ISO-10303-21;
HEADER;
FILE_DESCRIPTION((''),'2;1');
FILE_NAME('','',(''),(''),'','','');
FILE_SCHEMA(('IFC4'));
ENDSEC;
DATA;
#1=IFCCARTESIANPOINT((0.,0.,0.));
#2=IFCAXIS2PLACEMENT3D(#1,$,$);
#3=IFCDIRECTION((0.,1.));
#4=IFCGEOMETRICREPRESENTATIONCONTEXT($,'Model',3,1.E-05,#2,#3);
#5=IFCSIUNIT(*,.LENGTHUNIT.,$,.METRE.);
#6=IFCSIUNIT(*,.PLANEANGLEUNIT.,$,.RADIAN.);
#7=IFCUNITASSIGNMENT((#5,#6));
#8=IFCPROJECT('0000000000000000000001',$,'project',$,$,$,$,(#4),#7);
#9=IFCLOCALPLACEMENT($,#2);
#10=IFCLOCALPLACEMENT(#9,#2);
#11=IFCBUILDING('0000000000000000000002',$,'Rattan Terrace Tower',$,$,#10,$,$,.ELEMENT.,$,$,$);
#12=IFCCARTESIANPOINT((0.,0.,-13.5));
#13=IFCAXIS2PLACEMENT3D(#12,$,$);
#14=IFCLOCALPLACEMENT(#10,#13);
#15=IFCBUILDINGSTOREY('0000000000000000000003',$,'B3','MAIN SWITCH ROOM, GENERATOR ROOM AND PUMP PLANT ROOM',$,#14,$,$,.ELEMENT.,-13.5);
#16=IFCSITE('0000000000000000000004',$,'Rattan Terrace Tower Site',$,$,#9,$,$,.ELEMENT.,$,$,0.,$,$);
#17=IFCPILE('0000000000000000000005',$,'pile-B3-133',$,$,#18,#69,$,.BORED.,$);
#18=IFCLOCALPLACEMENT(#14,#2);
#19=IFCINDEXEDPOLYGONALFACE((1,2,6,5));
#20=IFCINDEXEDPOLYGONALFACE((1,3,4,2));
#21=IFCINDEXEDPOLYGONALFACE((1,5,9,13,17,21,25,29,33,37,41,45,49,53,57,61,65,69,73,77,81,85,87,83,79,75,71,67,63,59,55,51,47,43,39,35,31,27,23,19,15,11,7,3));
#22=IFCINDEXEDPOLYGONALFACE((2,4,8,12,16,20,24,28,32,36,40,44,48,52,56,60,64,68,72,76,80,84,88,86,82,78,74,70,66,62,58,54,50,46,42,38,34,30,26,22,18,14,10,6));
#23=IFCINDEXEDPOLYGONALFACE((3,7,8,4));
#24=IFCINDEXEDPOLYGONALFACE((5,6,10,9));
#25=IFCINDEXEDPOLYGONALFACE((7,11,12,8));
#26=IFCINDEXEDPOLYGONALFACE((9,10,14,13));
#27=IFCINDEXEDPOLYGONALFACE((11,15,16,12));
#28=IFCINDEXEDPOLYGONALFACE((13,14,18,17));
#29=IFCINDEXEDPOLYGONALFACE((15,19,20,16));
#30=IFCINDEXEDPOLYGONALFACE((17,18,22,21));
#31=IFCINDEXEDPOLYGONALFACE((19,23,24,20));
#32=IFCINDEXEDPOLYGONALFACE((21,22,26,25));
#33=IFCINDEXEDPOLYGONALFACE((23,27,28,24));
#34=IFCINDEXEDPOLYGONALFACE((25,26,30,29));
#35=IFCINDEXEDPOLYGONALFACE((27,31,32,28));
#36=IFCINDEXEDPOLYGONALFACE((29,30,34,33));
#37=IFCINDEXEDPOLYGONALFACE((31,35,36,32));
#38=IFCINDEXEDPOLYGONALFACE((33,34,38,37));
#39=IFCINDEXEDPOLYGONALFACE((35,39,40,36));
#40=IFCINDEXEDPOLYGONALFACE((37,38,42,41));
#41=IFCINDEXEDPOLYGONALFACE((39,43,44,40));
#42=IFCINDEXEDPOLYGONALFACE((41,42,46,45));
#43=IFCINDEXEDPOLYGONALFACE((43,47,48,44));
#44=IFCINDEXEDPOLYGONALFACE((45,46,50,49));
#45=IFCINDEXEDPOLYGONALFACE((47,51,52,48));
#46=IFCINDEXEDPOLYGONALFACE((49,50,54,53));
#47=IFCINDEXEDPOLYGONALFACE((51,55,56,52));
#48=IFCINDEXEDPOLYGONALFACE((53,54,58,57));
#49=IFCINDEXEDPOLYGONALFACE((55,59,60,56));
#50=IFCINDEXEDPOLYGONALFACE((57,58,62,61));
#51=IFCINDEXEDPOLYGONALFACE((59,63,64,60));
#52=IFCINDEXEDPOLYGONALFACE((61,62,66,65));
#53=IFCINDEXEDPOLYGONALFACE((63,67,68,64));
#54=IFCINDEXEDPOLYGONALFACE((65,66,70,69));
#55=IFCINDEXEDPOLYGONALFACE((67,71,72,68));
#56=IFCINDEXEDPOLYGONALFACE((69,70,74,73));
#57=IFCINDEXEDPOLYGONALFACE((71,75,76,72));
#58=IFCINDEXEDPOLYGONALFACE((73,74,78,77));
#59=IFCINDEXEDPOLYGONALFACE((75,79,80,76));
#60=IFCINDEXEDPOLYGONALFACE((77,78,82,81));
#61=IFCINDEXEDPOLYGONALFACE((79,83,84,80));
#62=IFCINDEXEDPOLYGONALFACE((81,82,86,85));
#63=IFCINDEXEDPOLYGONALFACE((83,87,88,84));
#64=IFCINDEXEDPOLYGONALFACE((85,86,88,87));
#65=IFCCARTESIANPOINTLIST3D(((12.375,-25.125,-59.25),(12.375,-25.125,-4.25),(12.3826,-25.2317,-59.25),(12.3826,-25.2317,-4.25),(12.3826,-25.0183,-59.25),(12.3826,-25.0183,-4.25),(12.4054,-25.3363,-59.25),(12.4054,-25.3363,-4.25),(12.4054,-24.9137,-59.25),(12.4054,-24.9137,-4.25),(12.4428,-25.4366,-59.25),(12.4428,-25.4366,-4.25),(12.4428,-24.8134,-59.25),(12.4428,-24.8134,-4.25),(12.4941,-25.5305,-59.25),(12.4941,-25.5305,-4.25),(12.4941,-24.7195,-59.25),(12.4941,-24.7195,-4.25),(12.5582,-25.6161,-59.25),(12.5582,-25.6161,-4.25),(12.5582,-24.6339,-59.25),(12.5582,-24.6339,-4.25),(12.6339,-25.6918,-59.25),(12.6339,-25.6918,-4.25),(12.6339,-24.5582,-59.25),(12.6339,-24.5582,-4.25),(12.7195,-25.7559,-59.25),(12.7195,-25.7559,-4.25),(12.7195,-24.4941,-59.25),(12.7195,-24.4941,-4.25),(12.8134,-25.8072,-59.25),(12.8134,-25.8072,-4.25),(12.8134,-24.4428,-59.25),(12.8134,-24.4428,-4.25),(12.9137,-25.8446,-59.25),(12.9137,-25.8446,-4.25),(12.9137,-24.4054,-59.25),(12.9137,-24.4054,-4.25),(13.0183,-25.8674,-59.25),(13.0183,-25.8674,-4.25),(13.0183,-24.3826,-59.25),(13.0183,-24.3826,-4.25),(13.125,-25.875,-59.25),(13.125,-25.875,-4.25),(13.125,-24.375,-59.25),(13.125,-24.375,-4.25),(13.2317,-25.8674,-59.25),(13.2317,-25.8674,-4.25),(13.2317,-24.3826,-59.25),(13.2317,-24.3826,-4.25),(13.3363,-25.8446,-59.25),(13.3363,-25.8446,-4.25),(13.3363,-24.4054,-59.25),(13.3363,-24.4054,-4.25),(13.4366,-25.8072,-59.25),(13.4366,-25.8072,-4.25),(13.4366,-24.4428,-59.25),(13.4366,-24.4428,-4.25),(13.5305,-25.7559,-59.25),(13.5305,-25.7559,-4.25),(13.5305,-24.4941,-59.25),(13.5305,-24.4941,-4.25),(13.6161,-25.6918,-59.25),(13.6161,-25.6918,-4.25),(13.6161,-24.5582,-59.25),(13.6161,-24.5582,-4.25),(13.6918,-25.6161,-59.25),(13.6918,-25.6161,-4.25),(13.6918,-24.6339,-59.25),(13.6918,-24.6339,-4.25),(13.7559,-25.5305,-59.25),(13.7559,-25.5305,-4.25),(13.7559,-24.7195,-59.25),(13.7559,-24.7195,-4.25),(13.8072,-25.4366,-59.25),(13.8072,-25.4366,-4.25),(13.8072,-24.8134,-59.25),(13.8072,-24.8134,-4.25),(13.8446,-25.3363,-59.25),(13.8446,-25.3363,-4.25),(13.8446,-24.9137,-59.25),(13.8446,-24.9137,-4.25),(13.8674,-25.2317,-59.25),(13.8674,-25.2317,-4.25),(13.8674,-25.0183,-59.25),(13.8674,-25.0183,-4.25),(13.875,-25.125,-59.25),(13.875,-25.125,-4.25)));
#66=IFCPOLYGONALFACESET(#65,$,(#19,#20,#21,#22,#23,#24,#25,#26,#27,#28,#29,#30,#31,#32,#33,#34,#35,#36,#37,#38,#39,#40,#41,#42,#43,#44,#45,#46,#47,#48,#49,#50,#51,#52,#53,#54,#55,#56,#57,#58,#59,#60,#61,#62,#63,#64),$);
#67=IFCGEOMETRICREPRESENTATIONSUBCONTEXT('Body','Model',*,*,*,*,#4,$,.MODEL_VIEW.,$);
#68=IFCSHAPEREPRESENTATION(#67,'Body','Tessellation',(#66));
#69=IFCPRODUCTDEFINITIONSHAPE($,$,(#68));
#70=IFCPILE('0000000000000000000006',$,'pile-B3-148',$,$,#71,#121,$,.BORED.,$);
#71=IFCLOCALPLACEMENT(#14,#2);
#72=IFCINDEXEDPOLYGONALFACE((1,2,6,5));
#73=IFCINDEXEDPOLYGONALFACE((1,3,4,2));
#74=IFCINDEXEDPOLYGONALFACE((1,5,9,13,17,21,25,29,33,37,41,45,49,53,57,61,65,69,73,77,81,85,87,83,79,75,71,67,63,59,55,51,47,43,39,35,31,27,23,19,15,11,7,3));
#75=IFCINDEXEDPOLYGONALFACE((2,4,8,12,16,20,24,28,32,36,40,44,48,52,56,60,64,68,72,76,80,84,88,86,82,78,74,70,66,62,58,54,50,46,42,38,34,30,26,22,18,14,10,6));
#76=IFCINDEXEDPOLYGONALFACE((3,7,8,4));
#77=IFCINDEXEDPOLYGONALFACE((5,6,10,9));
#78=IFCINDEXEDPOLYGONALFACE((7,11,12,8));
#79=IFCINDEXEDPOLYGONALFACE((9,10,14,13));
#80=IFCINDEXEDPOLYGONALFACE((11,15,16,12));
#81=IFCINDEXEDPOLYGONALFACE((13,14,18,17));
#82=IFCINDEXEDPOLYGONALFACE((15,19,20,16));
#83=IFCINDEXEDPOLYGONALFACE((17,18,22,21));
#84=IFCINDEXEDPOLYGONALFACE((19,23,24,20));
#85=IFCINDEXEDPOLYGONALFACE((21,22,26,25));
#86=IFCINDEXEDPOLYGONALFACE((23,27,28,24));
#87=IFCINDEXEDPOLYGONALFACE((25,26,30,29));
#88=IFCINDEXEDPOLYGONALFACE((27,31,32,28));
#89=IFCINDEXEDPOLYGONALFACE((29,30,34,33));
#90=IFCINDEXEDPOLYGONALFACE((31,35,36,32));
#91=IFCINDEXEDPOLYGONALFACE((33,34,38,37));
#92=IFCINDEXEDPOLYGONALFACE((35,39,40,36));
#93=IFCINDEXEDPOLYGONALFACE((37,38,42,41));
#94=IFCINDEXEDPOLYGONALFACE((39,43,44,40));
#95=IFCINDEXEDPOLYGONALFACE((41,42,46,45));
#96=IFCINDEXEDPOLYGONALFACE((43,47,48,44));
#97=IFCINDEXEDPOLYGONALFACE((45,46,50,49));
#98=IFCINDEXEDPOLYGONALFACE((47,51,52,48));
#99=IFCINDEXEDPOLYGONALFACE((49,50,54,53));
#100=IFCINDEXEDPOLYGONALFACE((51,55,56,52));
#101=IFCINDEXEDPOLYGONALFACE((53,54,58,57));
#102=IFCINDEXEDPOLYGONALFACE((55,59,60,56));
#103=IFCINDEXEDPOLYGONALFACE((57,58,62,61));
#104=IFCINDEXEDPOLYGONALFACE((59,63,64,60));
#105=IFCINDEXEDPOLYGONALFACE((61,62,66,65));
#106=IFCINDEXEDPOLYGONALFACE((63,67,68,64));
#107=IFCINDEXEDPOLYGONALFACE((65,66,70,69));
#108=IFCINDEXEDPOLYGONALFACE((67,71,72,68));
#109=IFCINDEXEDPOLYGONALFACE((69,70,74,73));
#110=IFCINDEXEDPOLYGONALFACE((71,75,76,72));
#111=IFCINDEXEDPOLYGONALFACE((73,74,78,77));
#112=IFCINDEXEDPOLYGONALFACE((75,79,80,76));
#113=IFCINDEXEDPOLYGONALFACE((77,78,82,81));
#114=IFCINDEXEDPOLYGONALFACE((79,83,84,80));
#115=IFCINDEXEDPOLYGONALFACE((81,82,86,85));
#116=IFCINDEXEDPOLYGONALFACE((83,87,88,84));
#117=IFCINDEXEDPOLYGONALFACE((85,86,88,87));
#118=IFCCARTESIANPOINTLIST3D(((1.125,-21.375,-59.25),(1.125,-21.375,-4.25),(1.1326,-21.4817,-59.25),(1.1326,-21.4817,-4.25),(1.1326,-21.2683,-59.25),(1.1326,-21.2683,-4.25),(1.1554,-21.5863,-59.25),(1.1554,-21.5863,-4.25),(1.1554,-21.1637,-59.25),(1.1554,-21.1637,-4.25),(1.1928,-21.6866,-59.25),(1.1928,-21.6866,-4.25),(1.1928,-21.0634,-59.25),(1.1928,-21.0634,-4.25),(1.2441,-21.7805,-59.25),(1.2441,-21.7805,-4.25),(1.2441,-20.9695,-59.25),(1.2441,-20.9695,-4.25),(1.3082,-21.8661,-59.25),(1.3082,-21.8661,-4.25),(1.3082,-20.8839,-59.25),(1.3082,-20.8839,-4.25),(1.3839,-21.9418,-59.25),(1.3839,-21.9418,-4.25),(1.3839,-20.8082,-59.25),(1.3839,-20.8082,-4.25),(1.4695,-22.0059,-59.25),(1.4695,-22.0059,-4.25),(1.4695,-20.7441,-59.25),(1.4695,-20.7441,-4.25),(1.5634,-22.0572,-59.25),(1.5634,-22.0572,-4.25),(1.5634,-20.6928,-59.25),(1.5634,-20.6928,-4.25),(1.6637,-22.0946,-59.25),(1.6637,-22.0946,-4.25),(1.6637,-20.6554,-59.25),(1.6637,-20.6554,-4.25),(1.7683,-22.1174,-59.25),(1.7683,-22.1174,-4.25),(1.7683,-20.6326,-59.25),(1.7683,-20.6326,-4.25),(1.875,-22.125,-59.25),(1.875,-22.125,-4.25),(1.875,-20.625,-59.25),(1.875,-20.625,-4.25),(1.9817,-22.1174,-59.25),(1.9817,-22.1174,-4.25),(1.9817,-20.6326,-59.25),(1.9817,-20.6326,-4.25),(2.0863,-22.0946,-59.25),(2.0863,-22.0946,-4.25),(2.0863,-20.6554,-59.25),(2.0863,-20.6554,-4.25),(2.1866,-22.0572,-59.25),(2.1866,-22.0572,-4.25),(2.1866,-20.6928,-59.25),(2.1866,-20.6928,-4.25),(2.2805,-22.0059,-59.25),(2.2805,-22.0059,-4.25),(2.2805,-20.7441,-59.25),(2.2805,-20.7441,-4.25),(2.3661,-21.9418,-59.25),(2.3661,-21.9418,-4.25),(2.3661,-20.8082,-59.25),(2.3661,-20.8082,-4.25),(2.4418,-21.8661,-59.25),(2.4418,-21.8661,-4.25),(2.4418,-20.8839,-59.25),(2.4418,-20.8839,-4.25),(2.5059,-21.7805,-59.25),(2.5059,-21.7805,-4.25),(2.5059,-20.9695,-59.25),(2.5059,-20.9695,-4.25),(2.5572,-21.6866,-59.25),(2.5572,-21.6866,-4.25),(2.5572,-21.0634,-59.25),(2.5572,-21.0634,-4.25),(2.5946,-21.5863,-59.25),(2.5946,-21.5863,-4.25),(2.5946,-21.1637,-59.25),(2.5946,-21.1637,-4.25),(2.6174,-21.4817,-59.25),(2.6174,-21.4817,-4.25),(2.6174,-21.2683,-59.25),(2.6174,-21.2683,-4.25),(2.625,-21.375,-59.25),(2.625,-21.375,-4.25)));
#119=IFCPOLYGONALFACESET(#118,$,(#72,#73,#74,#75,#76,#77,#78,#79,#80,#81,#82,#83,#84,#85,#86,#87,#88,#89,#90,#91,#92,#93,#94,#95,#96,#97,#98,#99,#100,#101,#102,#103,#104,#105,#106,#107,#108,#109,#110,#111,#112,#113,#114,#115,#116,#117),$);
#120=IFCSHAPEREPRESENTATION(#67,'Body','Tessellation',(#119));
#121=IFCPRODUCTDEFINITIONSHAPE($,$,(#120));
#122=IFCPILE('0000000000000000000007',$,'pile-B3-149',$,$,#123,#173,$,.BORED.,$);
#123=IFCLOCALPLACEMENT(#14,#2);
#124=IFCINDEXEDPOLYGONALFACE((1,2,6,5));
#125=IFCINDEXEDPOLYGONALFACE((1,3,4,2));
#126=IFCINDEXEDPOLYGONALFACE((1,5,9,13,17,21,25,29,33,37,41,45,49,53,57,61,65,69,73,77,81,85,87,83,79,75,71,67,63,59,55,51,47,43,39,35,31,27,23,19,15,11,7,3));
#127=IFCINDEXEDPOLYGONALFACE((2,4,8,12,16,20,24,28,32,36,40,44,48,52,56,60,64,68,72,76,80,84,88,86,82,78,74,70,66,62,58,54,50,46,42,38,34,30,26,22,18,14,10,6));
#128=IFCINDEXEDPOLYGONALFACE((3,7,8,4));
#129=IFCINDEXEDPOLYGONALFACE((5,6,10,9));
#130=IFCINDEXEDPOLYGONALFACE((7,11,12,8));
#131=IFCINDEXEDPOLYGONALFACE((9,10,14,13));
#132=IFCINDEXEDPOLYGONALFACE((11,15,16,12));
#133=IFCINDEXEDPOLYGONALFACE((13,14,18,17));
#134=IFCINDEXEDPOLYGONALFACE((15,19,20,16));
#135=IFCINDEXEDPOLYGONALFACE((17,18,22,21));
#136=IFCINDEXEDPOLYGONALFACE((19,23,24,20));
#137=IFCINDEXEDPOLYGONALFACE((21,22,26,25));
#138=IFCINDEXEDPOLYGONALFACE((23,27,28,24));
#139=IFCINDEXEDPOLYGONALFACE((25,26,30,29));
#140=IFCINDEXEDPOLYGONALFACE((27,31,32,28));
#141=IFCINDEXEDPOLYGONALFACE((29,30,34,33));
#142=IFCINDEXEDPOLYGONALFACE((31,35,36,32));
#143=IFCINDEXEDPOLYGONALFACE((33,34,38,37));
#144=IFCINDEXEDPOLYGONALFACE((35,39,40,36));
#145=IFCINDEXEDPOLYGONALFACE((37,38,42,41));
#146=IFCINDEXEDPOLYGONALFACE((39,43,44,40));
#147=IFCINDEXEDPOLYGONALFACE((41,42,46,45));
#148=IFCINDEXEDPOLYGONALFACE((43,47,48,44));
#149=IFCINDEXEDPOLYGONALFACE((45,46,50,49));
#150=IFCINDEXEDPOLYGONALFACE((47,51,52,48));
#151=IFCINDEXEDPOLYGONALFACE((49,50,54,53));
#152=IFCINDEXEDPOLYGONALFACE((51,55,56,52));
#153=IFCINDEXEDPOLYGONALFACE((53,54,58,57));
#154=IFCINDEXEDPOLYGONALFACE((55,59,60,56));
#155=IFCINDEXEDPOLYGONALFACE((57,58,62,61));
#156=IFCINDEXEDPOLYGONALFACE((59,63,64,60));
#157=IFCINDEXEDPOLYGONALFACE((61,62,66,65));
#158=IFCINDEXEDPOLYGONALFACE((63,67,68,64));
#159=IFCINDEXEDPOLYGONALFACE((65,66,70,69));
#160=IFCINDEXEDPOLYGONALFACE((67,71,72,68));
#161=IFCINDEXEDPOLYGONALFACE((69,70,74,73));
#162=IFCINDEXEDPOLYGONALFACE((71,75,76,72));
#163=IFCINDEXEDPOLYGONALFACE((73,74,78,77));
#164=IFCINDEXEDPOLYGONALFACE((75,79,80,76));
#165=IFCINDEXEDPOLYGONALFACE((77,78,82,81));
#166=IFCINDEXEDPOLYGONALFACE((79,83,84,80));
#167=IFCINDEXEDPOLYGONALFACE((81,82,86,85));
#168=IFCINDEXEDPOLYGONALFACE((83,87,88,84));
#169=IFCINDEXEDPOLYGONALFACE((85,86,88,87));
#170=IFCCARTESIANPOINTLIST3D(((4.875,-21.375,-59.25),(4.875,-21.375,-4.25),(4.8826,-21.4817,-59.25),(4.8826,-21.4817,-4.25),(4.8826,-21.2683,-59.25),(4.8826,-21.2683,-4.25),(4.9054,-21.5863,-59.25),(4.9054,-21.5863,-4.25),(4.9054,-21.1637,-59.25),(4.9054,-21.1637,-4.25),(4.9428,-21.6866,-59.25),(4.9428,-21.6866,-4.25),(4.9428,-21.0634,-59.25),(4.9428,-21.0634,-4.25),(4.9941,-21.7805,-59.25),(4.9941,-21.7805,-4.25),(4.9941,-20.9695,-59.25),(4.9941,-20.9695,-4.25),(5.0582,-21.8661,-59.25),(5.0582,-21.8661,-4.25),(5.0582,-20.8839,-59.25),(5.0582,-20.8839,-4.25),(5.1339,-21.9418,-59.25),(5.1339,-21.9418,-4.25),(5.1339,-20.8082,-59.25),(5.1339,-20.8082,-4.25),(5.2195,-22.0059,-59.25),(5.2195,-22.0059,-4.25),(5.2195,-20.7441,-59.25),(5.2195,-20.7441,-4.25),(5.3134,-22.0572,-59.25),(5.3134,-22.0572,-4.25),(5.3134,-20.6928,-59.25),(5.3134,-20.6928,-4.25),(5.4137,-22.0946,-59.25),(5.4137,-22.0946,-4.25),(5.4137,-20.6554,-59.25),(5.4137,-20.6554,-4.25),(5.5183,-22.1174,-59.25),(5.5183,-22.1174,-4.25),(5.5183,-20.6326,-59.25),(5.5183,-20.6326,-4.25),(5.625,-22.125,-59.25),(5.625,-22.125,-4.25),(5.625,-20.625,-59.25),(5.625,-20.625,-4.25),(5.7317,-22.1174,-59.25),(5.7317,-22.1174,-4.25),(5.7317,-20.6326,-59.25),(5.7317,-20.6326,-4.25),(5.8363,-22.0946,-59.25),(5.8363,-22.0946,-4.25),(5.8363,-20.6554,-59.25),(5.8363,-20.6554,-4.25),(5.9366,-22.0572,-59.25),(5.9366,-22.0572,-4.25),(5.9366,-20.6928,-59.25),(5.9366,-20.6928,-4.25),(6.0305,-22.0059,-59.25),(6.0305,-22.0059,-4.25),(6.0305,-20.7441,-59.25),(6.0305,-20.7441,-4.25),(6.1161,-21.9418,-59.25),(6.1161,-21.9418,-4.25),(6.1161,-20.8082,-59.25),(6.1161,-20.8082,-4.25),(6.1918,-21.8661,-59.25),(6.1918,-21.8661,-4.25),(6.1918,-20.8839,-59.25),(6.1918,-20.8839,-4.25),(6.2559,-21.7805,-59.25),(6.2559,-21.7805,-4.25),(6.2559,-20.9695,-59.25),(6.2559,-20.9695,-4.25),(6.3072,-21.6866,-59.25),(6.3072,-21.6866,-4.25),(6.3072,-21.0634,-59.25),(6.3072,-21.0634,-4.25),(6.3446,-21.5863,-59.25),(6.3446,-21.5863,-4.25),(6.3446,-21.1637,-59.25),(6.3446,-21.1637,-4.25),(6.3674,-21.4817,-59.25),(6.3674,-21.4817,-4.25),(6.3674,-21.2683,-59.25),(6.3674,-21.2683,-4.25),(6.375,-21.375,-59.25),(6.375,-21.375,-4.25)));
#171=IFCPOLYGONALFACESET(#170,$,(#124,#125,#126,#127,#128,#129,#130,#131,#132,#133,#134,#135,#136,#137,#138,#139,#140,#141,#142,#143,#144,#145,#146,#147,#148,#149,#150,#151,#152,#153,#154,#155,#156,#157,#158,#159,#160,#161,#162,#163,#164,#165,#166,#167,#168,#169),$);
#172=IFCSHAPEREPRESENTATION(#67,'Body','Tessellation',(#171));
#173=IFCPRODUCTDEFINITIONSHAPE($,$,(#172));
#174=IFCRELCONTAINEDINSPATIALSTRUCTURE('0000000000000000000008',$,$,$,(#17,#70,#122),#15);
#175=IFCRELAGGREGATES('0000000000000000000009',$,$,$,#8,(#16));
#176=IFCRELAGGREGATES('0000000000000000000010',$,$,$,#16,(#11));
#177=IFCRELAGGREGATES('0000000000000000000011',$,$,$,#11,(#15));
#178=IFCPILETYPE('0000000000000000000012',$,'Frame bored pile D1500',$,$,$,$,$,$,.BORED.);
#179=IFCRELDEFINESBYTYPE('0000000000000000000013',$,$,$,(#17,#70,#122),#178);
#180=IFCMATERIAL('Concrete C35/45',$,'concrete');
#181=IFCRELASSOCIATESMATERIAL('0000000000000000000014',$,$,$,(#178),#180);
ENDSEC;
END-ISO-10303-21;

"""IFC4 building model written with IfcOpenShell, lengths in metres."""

from ifc_helpers import new_model, si_unit, direction, frame, origin, origin_2d, place, context, subcontext, project, spatial, circle, extrude, material, material_profile, profile_set, type_object, element, save


model = new_model("IFC4")

# Units and contexts
model_context = context("Model", 3, precision=1e-05, world=origin(), true_north=direction((0.0, 1.0)))
body_context = subcontext(model_context, "Body", "Model", "MODEL_VIEW")
ifc_project = project(units=[si_unit("LENGTHUNIT", "METRE"), si_unit("PLANEANGLEUNIT", "RADIAN")], contexts=[model_context])

# Site, building, storey
site_placement = place(None, origin())
site = spatial("IfcSite", under=ifc_project, at=site_placement, Name="Rattan Terrace Tower Site", CompositionType="ELEMENT", RefElevation=0.0)
building_placement = place(site_placement, origin())
building = spatial("IfcBuilding", under=site, at=building_placement, Name="Rattan Terrace Tower", CompositionType="ELEMENT")
storey_placement = place(building_placement, frame((0.0, 0.0, -13.5)))
storey = spatial("IfcBuildingStorey", under=building, at=storey_placement, Name="B3", Description="MAIN SWITCH ROOM, GENERATOR ROOM AND PUMP PLANT ROOM", CompositionType="ELEMENT", Elevation=-13.5)

# Piles
ifc_material_1 = material(Name="Concrete C35/45", Category="concrete")
ifc_material_profile_1 = material_profile(ifc_material_1, circle(Radius=0.75, at=origin_2d()), Name="PILE D1500")
ifc_profile_set_1 = profile_set([ifc_material_profile_1], Name="Concrete C35/45")
pile_type = type_object("IfcPileType", Name="Frame bored pile D1500", PredefinedType="BORED", material=ifc_profile_set_1)
for number, where, z_axis, x_axis, name in (
    (1, (13.125, -25.125, -4.25), (0.0, 0.0, -1.0), (1.0, 0.0, 0.0), "pile-B3-133"),
    (2, (1.875, -21.375, -4.25), (0.0, 0.0, -1.0), (1.0, 0.0, 0.0), "pile-B3-148"),
    (3, (5.625, -21.375, -4.25), (0.0, 0.0, -1.0), (1.0, 0.0, 0.0), "pile-B3-149"),
):
    element("IfcPile", number, at=place(storey_placement, frame(where, z_axis=z_axis, x_axis=x_axis)), inside=storey, type_object=pile_type, Name=name, PredefinedType="BORED", context=body_context, shape_type="SweptSolid", body=[
        extrude(circle(Radius=0.75, at=origin_2d()), origin(), (0.0, 0.0, 1.0), 55.0),
    ])

save(model, "model.ifc")
